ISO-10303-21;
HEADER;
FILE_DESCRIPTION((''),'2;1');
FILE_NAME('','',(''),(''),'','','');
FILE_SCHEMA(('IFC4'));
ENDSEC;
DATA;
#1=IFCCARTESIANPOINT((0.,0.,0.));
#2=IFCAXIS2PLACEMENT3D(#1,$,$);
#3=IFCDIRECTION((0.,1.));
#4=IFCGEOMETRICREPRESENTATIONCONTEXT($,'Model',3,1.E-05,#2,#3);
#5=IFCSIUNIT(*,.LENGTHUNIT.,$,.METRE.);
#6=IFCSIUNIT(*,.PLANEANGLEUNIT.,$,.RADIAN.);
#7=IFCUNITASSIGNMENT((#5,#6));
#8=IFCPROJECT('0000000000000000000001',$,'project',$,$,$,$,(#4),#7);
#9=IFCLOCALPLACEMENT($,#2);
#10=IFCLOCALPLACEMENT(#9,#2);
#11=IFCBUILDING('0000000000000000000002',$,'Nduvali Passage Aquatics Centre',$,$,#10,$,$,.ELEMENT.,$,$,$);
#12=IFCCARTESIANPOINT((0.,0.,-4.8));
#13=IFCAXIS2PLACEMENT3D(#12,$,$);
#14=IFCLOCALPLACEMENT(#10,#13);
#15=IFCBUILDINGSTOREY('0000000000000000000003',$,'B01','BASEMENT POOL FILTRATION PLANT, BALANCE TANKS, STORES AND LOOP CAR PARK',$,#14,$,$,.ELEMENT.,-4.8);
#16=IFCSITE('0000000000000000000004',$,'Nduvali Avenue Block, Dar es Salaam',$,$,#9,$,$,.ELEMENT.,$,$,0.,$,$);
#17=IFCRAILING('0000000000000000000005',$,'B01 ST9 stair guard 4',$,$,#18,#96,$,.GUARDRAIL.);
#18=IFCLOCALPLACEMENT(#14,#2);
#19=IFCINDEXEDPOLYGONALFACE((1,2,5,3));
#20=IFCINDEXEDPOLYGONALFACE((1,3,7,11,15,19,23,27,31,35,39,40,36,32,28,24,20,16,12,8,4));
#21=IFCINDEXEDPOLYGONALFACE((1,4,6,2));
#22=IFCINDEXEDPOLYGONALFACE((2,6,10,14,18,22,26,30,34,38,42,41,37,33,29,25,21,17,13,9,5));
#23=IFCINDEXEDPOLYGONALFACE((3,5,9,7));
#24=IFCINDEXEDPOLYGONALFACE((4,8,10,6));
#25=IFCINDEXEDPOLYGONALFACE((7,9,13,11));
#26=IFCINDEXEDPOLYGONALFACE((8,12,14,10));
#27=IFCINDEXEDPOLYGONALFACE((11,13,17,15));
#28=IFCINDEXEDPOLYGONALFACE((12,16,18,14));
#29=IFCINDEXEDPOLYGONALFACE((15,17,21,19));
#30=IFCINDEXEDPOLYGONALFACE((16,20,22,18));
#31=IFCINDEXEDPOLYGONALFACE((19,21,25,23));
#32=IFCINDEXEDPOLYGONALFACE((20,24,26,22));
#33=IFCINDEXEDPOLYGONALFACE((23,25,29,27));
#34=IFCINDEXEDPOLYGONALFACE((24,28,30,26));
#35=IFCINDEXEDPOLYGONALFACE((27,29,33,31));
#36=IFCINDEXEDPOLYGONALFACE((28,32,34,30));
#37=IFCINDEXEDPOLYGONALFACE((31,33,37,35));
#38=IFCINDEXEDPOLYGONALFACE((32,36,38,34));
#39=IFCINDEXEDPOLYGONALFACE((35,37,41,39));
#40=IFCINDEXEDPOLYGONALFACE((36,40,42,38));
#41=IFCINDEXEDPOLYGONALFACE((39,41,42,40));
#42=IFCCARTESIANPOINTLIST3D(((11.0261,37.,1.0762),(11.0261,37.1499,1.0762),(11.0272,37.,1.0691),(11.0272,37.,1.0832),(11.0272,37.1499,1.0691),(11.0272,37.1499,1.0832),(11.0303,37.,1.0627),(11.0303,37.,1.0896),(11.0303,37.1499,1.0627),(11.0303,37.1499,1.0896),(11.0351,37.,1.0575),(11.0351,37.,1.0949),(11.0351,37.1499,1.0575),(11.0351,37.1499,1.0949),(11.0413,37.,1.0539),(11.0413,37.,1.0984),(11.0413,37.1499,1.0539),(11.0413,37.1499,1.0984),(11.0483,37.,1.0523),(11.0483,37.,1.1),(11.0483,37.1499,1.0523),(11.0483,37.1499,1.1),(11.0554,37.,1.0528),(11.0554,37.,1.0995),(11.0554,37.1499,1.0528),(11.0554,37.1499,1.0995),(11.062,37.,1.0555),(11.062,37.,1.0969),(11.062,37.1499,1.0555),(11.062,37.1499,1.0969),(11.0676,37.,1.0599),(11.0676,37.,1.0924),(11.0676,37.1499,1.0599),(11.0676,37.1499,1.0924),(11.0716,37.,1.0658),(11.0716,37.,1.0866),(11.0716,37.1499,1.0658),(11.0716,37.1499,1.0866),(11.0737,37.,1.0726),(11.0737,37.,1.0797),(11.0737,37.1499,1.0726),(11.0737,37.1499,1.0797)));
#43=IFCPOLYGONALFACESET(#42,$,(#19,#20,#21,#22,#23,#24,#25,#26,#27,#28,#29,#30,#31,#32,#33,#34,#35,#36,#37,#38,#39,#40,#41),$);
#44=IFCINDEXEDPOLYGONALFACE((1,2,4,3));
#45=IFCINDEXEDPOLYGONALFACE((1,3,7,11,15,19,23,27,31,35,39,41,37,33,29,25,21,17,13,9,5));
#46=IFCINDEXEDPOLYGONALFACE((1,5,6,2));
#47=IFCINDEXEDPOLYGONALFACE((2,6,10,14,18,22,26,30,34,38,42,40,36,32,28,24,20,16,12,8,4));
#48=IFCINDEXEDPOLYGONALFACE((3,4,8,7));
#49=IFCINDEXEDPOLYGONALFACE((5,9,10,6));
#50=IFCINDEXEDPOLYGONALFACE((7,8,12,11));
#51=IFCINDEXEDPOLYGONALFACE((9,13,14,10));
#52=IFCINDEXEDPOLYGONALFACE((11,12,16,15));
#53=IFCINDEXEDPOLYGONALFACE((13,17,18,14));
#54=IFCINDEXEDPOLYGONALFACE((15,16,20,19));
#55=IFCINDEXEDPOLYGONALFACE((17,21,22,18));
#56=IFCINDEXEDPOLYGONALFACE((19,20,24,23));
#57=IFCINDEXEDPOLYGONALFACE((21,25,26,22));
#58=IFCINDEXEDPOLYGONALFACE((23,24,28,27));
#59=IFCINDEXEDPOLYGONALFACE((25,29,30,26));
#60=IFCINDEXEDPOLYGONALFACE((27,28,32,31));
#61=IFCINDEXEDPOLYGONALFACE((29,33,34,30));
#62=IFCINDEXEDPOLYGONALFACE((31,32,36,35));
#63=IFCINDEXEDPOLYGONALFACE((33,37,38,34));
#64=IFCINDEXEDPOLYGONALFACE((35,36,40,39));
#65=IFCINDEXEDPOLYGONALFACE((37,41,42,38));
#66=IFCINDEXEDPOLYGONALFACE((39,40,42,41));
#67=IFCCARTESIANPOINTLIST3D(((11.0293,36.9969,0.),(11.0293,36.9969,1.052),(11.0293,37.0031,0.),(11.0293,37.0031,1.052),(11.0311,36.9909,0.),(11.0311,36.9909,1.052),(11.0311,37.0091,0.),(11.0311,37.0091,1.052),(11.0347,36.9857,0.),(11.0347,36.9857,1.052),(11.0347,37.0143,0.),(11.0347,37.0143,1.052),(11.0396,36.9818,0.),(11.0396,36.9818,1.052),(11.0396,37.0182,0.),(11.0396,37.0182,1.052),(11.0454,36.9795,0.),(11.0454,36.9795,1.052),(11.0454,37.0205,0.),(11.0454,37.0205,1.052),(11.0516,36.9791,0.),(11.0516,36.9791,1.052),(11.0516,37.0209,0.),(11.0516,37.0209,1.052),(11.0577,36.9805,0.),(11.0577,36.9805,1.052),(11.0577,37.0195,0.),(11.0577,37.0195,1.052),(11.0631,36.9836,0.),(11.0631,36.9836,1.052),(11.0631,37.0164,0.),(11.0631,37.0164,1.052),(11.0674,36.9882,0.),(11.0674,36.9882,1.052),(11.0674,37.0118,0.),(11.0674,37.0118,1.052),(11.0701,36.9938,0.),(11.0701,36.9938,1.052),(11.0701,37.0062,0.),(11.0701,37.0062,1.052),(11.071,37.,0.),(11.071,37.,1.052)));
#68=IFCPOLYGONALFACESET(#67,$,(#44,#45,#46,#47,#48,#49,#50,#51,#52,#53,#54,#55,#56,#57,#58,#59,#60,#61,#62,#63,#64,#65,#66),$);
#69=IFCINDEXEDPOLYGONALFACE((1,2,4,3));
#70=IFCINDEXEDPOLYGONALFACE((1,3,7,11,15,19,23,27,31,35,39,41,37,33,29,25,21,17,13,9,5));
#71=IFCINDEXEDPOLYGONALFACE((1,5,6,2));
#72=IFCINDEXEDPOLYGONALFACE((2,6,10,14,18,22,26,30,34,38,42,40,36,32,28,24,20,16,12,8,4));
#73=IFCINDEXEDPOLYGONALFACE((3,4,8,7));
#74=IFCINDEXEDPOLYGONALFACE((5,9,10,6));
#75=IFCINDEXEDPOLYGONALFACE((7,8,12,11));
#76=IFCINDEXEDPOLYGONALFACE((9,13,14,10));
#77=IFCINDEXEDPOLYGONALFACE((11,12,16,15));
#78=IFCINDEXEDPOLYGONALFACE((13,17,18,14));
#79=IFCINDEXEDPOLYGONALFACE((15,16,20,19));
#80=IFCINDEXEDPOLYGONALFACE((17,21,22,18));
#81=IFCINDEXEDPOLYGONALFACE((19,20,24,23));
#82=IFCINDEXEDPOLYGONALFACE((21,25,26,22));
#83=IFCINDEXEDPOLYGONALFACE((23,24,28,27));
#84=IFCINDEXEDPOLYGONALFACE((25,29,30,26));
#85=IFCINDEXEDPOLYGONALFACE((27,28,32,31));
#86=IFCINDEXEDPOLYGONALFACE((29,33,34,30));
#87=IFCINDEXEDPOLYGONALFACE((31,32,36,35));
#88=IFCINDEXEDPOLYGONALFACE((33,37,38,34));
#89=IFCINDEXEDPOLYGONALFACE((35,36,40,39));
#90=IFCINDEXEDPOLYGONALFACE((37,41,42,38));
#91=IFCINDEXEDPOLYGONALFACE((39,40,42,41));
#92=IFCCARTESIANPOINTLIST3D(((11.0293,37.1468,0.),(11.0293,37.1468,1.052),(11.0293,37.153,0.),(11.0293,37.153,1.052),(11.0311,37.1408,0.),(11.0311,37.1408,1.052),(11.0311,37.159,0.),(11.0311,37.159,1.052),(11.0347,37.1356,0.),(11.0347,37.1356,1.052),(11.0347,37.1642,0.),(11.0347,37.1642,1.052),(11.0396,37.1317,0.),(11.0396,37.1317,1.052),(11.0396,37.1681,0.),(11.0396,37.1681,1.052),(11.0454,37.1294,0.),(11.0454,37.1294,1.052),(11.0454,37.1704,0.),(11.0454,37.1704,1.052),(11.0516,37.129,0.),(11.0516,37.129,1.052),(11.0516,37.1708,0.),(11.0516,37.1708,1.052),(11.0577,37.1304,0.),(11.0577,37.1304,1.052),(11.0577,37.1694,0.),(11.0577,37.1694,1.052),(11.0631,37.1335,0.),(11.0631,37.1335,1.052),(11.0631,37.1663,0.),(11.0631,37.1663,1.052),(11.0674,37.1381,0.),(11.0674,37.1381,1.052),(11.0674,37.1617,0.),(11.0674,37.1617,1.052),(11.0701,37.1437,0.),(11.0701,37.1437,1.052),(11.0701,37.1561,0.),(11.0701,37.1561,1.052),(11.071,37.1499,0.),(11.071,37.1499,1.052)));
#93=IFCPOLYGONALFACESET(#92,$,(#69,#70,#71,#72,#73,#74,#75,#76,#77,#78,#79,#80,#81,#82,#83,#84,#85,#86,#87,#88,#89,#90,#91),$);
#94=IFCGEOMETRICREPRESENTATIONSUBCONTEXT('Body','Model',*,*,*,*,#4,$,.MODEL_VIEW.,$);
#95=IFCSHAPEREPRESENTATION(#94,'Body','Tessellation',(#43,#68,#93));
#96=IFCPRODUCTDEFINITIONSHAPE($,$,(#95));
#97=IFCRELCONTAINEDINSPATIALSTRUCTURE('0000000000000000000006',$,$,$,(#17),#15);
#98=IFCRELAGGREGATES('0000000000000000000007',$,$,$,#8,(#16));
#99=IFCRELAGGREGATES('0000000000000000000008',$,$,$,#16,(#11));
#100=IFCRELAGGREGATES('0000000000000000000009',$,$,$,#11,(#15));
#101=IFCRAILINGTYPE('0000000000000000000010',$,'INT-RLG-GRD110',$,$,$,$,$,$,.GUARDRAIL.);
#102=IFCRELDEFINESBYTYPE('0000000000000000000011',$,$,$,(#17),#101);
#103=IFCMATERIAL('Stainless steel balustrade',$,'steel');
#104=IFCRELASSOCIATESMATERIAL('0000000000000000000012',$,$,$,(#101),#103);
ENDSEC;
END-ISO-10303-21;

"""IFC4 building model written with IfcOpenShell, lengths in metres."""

from ifc_helpers import new_model, si_unit, direction, frame, origin, origin_2d, place, context, subcontext, project, spatial, circle, extrude, material, type_object, element, save


model = new_model("IFC4")

# Units and contexts
model_context = context("Model", 3, precision=1e-05, world=origin(), true_north=direction((0.0, 1.0)))
body_context = subcontext(model_context, "Body", "Model", "MODEL_VIEW")
ifc_project = project(units=[si_unit("LENGTHUNIT", "METRE"), si_unit("PLANEANGLEUNIT", "RADIAN")], contexts=[model_context])

# Site, building, storey
site_placement = place(None, origin())
site = spatial("IfcSite", under=ifc_project, at=site_placement, Name="Nduvali Avenue Block, Dar es Salaam", CompositionType="ELEMENT", RefElevation=0.0)
building_placement = place(site_placement, origin())
building = spatial("IfcBuilding", under=site, at=building_placement, Name="Nduvali Passage Aquatics Centre", CompositionType="ELEMENT")
storey_placement = place(building_placement, frame((0.0, 0.0, -4.8)))
storey = spatial("IfcBuildingStorey", under=building, at=storey_placement, Name="B01", Description="BASEMENT POOL FILTRATION PLANT, BALANCE TANKS, STORES AND LOOP CAR PARK", CompositionType="ELEMENT", Elevation=-4.8)

# Railing
ifc_material_1 = material(Name="Stainless steel balustrade", Category="steel")
railing_type_1 = type_object("IfcRailingType", Name="INT-RLG-GRD110", PredefinedType="GUARDRAIL", material=ifc_material_1)
railing_1_placement = place(storey_placement, frame((11.05, 37.0, 0.0)))
element("IfcRailing", 1, at=railing_1_placement, inside=storey, type_object=railing_type_1, Name="B01 ST9 stair guard 4", PredefinedType="GUARDRAIL", context=body_context, shape_type="SweptSolid", body=[
    extrude(circle(Radius=0.0239, at=origin_2d()), frame((0.0, 0.0, 1.0762), z_axis=(0.0, 1.0, 0.0), x_axis=(-1.0, 0.0, 0.0)), (0.0, 0.0, 1.0), 0.1499),
    extrude(circle(Radius=0.021, at=origin_2d()), origin(), (0.0, 0.0, 1.0), 1.052),
    extrude(circle(Radius=0.021, at=origin_2d()), frame((0.0, 0.1499, 0.0)), (0.0, 0.0, 1.0), 1.052),
])

save(model, "model.ifc")
